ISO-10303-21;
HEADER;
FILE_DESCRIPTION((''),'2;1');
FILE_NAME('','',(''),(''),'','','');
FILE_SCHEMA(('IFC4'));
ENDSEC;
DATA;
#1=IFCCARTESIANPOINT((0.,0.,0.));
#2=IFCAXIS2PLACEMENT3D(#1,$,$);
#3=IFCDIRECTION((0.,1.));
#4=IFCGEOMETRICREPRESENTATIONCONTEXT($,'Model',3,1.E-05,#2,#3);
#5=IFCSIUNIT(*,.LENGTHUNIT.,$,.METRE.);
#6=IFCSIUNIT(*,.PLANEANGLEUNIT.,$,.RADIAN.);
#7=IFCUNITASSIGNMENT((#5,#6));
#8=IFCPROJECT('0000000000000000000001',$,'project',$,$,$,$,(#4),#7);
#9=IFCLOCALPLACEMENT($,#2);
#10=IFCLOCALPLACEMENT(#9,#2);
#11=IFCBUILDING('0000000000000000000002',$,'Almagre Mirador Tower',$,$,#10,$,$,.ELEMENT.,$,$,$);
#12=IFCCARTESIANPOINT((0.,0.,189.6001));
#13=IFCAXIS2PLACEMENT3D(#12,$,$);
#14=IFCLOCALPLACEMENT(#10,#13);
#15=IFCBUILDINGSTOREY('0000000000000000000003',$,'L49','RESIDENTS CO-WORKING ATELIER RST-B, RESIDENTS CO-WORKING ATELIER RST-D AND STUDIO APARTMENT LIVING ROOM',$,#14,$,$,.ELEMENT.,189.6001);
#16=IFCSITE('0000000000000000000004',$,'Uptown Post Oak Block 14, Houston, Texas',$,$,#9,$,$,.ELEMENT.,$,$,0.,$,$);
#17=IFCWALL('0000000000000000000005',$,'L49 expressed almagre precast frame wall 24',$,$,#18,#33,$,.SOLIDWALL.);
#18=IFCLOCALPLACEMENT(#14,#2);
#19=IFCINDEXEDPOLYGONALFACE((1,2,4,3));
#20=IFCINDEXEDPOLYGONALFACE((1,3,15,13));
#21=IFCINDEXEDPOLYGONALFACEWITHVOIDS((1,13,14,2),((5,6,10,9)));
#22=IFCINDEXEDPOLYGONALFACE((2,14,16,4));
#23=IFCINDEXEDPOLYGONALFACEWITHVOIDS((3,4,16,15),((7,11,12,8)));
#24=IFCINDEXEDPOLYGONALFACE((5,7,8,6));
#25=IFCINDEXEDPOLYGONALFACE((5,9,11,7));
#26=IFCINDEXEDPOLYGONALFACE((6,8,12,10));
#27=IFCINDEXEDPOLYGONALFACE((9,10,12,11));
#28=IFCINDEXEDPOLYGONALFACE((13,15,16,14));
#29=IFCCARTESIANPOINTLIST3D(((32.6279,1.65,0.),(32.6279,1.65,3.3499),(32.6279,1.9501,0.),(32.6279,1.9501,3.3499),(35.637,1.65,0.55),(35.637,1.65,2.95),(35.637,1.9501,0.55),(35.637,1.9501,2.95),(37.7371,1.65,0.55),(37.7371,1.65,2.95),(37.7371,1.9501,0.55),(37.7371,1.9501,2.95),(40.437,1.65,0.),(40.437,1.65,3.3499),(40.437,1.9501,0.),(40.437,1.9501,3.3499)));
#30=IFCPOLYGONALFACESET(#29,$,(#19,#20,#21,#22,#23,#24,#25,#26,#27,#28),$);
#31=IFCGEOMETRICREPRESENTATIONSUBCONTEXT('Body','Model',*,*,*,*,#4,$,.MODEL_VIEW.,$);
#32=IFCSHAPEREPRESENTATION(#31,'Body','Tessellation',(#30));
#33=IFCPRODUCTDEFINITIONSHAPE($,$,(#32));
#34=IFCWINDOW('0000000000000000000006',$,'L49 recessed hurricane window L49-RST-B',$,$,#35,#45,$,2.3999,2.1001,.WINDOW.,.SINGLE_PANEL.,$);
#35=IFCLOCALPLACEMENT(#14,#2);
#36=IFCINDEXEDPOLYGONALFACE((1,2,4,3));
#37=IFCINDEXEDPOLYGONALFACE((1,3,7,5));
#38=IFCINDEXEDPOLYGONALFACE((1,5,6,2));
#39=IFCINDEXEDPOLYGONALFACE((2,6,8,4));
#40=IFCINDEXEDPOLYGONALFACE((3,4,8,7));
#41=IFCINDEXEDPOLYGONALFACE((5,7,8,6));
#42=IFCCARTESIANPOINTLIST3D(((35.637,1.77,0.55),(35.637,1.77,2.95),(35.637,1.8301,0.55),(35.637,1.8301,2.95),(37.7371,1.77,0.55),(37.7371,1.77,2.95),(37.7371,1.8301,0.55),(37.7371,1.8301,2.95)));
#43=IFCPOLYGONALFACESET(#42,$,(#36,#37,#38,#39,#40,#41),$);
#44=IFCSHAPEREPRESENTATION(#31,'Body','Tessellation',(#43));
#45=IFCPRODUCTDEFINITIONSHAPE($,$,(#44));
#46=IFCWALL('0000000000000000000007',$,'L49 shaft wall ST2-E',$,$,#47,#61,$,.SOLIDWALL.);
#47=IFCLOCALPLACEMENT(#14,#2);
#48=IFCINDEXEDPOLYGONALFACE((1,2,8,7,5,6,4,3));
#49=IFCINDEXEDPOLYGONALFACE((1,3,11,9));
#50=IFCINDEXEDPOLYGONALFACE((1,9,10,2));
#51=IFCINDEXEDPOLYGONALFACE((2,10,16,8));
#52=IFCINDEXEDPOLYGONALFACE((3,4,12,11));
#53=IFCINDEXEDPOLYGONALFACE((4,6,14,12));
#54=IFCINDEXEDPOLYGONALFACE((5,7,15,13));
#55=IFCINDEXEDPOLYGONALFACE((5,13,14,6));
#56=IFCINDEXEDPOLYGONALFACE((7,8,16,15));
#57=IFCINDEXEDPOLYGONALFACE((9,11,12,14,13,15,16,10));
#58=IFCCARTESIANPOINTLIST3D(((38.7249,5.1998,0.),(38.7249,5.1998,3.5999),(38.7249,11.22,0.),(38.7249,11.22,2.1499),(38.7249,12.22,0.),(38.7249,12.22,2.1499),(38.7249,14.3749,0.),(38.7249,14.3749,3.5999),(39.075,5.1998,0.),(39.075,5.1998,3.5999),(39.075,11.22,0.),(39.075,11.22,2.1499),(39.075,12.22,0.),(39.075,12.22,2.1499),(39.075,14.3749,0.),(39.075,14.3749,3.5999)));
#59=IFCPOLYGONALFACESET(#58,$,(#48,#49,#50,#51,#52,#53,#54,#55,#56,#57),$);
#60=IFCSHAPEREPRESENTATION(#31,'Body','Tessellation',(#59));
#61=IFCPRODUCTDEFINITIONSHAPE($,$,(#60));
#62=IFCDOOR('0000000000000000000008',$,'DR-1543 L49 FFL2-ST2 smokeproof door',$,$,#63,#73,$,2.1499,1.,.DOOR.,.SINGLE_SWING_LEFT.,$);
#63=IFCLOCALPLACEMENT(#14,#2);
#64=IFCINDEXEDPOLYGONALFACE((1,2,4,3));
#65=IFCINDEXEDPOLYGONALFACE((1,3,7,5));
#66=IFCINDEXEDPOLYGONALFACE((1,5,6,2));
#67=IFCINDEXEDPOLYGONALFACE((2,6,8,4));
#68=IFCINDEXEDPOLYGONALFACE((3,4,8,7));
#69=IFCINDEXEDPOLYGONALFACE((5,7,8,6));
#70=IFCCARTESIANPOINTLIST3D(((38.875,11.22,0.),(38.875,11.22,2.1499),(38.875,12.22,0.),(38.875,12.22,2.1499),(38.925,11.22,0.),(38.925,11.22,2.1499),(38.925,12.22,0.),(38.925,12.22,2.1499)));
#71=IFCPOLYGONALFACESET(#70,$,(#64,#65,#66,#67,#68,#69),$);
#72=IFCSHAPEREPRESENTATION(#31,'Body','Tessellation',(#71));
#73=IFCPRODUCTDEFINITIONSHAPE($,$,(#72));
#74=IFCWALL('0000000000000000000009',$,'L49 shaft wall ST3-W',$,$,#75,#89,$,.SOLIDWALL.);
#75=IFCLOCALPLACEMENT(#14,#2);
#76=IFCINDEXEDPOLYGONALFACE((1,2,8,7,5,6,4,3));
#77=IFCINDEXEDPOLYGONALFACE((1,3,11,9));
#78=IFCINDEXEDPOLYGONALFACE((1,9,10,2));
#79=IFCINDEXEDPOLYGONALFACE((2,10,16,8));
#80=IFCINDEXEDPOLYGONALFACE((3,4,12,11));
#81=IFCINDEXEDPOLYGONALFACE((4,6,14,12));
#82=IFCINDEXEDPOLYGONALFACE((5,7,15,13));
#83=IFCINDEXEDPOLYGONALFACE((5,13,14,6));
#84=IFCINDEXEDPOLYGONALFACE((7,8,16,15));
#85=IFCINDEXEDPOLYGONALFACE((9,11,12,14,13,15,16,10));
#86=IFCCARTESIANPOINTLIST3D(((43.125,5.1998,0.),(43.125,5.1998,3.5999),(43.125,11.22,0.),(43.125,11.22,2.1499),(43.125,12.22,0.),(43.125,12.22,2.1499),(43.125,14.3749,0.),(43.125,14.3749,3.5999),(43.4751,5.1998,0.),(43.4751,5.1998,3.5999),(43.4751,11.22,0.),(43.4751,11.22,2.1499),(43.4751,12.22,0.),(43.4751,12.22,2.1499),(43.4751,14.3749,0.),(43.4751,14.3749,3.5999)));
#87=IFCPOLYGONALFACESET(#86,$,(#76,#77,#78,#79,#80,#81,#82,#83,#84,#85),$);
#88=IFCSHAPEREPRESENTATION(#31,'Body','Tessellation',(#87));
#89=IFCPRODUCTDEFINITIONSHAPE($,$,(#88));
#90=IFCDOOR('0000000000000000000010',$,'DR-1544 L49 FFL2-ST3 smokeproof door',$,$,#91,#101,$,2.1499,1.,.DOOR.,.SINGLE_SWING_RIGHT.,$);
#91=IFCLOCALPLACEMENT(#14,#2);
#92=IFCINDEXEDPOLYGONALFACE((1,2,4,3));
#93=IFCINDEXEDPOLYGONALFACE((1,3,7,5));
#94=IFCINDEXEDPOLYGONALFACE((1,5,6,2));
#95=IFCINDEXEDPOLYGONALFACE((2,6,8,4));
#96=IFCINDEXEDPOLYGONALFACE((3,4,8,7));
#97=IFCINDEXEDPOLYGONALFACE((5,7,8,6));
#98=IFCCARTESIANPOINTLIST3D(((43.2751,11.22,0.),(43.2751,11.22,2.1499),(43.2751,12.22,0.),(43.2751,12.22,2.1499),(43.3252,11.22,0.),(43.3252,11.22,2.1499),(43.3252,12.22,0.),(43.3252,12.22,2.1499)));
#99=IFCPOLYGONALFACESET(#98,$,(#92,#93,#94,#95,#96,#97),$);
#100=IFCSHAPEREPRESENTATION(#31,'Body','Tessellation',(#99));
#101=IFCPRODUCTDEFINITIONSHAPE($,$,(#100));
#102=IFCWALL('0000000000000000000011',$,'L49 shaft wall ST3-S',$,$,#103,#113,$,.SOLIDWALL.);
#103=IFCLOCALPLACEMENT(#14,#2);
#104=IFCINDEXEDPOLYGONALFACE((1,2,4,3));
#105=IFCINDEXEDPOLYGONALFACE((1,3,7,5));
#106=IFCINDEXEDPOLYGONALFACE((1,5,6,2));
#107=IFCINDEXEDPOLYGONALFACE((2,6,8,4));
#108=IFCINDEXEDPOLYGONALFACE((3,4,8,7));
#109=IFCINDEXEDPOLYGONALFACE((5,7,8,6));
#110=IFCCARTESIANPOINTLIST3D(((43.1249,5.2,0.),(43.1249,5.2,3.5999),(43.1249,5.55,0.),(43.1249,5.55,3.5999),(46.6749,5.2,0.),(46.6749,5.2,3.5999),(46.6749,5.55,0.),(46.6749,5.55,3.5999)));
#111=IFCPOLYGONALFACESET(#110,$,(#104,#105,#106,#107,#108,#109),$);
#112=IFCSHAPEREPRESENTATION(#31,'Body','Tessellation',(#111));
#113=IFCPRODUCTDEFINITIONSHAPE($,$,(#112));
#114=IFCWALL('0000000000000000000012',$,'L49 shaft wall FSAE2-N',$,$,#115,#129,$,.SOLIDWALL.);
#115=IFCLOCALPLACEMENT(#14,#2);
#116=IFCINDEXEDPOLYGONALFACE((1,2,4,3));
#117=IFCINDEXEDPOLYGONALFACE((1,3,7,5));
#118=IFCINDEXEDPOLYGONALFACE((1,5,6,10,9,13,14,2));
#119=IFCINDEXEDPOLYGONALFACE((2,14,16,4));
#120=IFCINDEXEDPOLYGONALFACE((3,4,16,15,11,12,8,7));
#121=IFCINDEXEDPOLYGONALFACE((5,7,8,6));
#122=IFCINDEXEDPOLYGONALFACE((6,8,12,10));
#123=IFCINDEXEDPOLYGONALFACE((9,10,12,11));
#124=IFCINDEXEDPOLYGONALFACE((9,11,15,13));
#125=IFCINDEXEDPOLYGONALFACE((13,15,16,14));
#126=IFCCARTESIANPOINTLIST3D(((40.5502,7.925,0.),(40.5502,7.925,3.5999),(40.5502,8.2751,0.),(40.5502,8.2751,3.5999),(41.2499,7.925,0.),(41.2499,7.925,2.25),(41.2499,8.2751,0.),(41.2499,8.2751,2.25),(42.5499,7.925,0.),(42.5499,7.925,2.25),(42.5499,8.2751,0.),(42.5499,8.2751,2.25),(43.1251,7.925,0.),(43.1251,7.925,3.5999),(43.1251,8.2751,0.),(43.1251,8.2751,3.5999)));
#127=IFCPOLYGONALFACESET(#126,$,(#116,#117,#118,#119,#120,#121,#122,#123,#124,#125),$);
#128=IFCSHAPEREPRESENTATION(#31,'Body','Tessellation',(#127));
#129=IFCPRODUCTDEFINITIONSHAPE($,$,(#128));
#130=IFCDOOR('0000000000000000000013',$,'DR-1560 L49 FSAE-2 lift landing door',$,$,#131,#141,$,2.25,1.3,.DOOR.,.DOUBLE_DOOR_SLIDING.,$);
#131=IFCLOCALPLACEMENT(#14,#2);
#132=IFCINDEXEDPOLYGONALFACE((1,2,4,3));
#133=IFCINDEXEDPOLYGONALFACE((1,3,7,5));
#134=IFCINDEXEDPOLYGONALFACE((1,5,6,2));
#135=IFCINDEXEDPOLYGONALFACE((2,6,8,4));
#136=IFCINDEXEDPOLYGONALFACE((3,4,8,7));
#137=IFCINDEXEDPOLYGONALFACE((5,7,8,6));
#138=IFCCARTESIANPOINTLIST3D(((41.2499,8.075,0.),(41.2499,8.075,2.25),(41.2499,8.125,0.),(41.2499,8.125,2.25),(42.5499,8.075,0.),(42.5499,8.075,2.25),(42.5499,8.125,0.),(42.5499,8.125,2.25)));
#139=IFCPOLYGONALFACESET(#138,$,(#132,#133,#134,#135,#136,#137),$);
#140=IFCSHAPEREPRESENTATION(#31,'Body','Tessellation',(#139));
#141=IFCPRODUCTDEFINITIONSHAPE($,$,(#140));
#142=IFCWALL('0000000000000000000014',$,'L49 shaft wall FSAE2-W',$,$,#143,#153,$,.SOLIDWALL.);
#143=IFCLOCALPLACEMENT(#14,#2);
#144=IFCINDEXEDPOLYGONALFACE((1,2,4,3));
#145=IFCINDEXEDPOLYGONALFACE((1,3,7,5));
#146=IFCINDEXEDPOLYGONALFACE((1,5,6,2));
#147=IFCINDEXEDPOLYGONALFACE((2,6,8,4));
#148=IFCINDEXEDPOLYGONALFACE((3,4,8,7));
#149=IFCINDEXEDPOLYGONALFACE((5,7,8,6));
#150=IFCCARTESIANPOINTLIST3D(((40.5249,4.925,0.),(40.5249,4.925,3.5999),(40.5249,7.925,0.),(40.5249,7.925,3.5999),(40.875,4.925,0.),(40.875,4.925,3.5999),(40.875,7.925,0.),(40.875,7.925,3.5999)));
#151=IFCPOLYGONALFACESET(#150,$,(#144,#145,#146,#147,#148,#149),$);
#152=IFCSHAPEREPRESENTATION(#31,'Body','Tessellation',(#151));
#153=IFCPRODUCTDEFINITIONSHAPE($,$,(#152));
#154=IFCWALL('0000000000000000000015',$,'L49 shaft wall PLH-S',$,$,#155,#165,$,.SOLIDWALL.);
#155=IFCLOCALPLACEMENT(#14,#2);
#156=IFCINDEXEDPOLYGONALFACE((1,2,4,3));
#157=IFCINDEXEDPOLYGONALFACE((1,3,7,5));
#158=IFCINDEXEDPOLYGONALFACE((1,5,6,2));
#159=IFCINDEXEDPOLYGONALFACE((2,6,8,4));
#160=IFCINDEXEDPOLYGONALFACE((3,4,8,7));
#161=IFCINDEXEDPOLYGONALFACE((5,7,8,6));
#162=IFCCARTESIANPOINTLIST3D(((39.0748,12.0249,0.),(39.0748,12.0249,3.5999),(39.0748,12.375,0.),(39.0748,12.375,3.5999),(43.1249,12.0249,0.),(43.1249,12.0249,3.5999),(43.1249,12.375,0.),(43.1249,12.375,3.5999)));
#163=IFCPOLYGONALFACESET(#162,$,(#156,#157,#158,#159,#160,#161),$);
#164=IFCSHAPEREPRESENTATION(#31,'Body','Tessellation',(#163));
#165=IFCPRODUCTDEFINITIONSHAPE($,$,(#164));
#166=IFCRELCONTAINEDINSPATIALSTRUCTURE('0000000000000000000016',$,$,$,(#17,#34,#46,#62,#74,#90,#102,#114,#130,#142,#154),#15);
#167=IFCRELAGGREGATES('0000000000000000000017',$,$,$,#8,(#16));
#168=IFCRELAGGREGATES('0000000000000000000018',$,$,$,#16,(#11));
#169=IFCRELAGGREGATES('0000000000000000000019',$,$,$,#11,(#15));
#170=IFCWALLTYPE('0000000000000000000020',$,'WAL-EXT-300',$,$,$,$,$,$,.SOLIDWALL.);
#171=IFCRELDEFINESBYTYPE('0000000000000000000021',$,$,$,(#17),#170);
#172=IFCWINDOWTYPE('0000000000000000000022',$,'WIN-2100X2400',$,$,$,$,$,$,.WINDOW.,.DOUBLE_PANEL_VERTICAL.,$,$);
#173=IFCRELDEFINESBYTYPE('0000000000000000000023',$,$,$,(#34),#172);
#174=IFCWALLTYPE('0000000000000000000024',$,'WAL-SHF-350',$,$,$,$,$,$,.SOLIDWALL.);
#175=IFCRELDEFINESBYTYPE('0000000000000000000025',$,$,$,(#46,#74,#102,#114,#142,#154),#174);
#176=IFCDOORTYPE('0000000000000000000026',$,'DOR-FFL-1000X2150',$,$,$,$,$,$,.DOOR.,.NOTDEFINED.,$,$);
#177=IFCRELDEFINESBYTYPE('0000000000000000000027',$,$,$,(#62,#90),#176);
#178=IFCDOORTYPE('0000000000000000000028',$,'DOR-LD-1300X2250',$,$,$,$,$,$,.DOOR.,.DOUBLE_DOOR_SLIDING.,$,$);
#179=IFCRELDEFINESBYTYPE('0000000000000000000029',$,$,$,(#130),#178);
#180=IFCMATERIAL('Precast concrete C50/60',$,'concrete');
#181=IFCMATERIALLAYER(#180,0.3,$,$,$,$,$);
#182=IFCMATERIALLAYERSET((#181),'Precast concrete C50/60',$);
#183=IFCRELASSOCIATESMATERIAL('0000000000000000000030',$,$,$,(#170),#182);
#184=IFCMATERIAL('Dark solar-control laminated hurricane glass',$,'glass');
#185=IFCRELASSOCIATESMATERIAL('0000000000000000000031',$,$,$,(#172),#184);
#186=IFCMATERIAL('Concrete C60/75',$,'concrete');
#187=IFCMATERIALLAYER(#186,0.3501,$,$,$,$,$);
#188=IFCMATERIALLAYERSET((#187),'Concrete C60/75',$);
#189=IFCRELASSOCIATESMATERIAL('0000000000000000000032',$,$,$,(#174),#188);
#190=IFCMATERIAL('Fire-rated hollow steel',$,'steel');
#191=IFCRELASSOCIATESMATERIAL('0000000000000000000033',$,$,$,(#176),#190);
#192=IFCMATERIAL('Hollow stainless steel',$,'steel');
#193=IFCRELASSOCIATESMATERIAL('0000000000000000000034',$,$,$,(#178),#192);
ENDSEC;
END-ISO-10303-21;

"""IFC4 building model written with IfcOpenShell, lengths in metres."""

from ifc_helpers import new_model, si_unit, direction, frame, frame_2d, origin, place, context, subcontext, project, spatial, rectangle, extrude, material, layer, layer_set, type_object, element, fill, save


model = new_model("IFC4")

# Units and contexts
model_context = context("Model", 3, precision=1e-05, world=origin(), true_north=direction((0.0, 1.0)))
body_context = subcontext(model_context, "Body", "Model", "MODEL_VIEW")
ifc_project = project(units=[si_unit("LENGTHUNIT", "METRE"), si_unit("PLANEANGLEUNIT", "RADIAN")], contexts=[model_context])

# Site, building, storey
site_placement = place(None, origin())
site = spatial("IfcSite", under=ifc_project, at=site_placement, Name="Uptown Post Oak Block 14, Houston, Texas", CompositionType="ELEMENT", RefElevation=0.0)
building_placement = place(site_placement, origin())
building = spatial("IfcBuilding", under=site, at=building_placement, Name="Almagre Mirador Tower", CompositionType="ELEMENT")
storey_placement = place(building_placement, frame((0.0, 0.0, 189.6001)))
storey = spatial("IfcBuildingStorey", under=building, at=storey_placement, Name="L49", Description="RESIDENTS CO-WORKING ATELIER RST-B, RESIDENTS CO-WORKING ATELIER RST-D AND STUDIO APARTMENT LIVING ROOM", CompositionType="ELEMENT", Elevation=189.6001)

# Shared definitions
ifc_material_1 = material(Name="Precast concrete C50/60", Category="concrete")
ifc_layer_1 = layer(ifc_material_1, 0.3)
ifc_layer_set_1 = layer_set([ifc_layer_1], Name="Precast concrete C50/60")
wall_type_1 = type_object("IfcWallType", Name="WAL-EXT-300", PredefinedType="SOLIDWALL", material=ifc_layer_set_1)

# Wall, opening, window
wall_1_placement = place(storey_placement, frame((40.437, 1.8, 0.0), z_axis=(0.0, 0.0, 1.0), x_axis=(-1.0, 0.0, 0.0)))
wall_1 = element("IfcWall", 1, at=wall_1_placement, inside=storey, type_object=wall_type_1, Name="L49 expressed almagre precast frame wall 24", PredefinedType="SOLIDWALL", context=body_context, shape_type="SweptSolid", body=[
    extrude(rectangle(XDim=7.8091, YDim=0.3, at=frame_2d((3.9045, 0.0))), origin(), (0.0, 0.0, 1.0), 3.3499),
])
opening_1_placement = place(wall_1_placement, frame((2.7, 0.0, 0.55)))
opening_1 = element("IfcOpeningElement", 2, at=opening_1_placement, cuts=wall_1, PredefinedType="OPENING", context=body_context, shape_type="SweptSolid", body=[
    extrude(rectangle(XDim=2.1001, YDim=2.3999, at=frame_2d((1.05, 1.2))), frame((0.0, 0.1599, 0.0), z_axis=(0.0, -1.0, 0.0), x_axis=(1.0, 0.0, 0.0)), (0.0, 0.0, 1.0), 0.32),
])
ifc_material_2 = material(Name="Dark solar-control laminated hurricane glass", Category="glass")
window_type = type_object("IfcWindowType", Name="WIN-2100X2400", PartitioningType="DOUBLE_PANEL_VERTICAL", PredefinedType="WINDOW", material=ifc_material_2)
window_placement = place(opening_1_placement, origin())
window = element("IfcWindow", 3, at=window_placement, inside=storey, type_object=window_type, Name="L49 recessed hurricane window L49-RST-B", OverallHeight=2.3999, OverallWidth=2.1001, PartitioningType="SINGLE_PANEL", PredefinedType="WINDOW", context=body_context, shape_type="SweptSolid", body=[
    extrude(rectangle(XDim=2.1001, YDim=2.3999, at=frame_2d((1.05, 1.2))), frame((0.0, 0.03, 0.0), z_axis=(0.0, -1.0, 0.0), x_axis=(1.0, 0.0, 0.0)), (0.0, 0.0, 1.0), 0.0601),
])
fill(opening_1, window)

# Walls, openings, doors
ifc_material_3 = material(Name="Concrete C60/75", Category="concrete")
ifc_layer_2 = layer(ifc_material_3, 0.3501)
ifc_layer_set_2 = layer_set([ifc_layer_2], Name="Concrete C60/75")
wall_type_2 = type_object("IfcWallType", Name="WAL-SHF-350", PredefinedType="SOLIDWALL", material=ifc_layer_set_2)
wall_2_placement = place(storey_placement, frame((38.8999, 5.2, 0.0), z_axis=(0.0, 0.0, 1.0), x_axis=(0.0, 1.0, 0.0)))
wall_2 = element("IfcWall", 4, at=wall_2_placement, inside=storey, type_object=wall_type_2, Name="L49 shaft wall ST2-E", PredefinedType="SOLIDWALL", context=body_context, shape_type="SweptSolid", body=[
    extrude(rectangle(XDim=9.175, YDim=0.3501, at=frame_2d((4.5874, 0.0))), origin(), (0.0, 0.0, 1.0), 3.5999),
])
opening_2_placement = place(wall_2_placement, frame((6.02, 0.0, 0.0)))
opening_2 = element("IfcOpeningElement", 5, at=opening_2_placement, cuts=wall_2, PredefinedType="OPENING", context=body_context, shape_type="SweptSolid", body=[
    extrude(rectangle(XDim=1.0, YDim=2.1499, at=frame_2d((0.5, 1.075))), frame((0.0, 0.185, 0.0), z_axis=(0.0, -1.0, 0.0), x_axis=(1.0, 0.0, 0.0)), (0.0, 0.0, 1.0), 0.3701),
])
ifc_material_4 = material(Name="Fire-rated hollow steel", Category="steel")
door_type_1 = type_object("IfcDoorType", Name="DOR-FFL-1000X2150", OperationType="NOTDEFINED", PredefinedType="DOOR", material=ifc_material_4)
door_1_placement = place(opening_2_placement, origin())
door_1 = element("IfcDoor", 6, at=door_1_placement, inside=storey, type_object=door_type_1, Name="DR-1543 L49 FFL2-ST2 smokeproof door", OperationType="SINGLE_SWING_LEFT", OverallHeight=2.1499, OverallWidth=1.0, PredefinedType="DOOR", context=body_context, shape_type="SweptSolid", body=[
    extrude(rectangle(XDim=1.0, YDim=2.1499, at=frame_2d((0.5, 1.075))), frame((0.0, 0.0249, 0.0), z_axis=(0.0, -1.0, 0.0), x_axis=(1.0, 0.0, 0.0)), (0.0, 0.0, 1.0), 0.05),
])
fill(opening_2, door_1)
wall_3_placement = place(storey_placement, frame((43.3, 5.2, 0.0), z_axis=(0.0, 0.0, 1.0), x_axis=(0.0, 1.0, 0.0)))
wall_3 = element("IfcWall", 7, at=wall_3_placement, inside=storey, type_object=wall_type_2, Name="L49 shaft wall ST3-W", PredefinedType="SOLIDWALL", context=body_context, shape_type="SweptSolid", body=[
    extrude(rectangle(XDim=9.175, YDim=0.3501, at=frame_2d((4.5874, 0.0))), origin(), (0.0, 0.0, 1.0), 3.5999),
])
opening_3_placement = place(wall_3_placement, frame((6.02, 0.0, 0.0)))
opening_3 = element("IfcOpeningElement", 8, at=opening_3_placement, cuts=wall_3, PredefinedType="OPENING", context=body_context, shape_type="SweptSolid", body=[
    extrude(rectangle(XDim=1.0, YDim=2.1499, at=frame_2d((0.5, 1.075))), frame((0.0, 0.185, 0.0), z_axis=(0.0, -1.0, 0.0), x_axis=(1.0, 0.0, 0.0)), (0.0, 0.0, 1.0), 0.3701),
])
door_2_placement = place(opening_3_placement, origin())
door_2 = element("IfcDoor", 9, at=door_2_placement, inside=storey, type_object=door_type_1, Name="DR-1544 L49 FFL2-ST3 smokeproof door", OperationType="SINGLE_SWING_RIGHT", OverallHeight=2.1499, OverallWidth=1.0, PredefinedType="DOOR", context=body_context, shape_type="SweptSolid", body=[
    extrude(rectangle(XDim=1.0, YDim=2.1499, at=frame_2d((0.5, 1.075))), frame((0.0, 0.0249, 0.0), z_axis=(0.0, -1.0, 0.0), x_axis=(1.0, 0.0, 0.0)), (0.0, 0.0, 1.0), 0.05),
])
fill(opening_3, door_2)

# Wall
wall_4_placement = place(storey_placement, frame((43.125, 5.375, 0.0), z_axis=(0.0, 0.0, 1.0), x_axis=(1.0, 0.0, 0.0)))
element("IfcWall", 10, at=wall_4_placement, inside=storey, type_object=wall_type_2, Name="L49 shaft wall ST3-S", PredefinedType="SOLIDWALL", context=body_context, shape_type="SweptSolid", body=[
    extrude(rectangle(XDim=3.55, YDim=0.3501, at=frame_2d((1.7749, 0.0))), origin(), (0.0, 0.0, 1.0), 3.5999),
])

# Wall, opening, door
wall_5_placement = place(storey_placement, frame((40.55, 8.1001, 0.0), z_axis=(0.0, 0.0, 1.0), x_axis=(1.0, 0.0, 0.0)))
wall_5 = element("IfcWall", 11, at=wall_5_placement, inside=storey, type_object=wall_type_2, Name="L49 shaft wall FSAE2-N", PredefinedType="SOLIDWALL", context=body_context, shape_type="SweptSolid", body=[
    extrude(rectangle(XDim=2.575, YDim=0.3501, at=frame_2d((1.2876, 0.0))), origin(), (0.0, 0.0, 1.0), 3.5999),
])
opening_4_placement = place(wall_5_placement, frame((0.7, 0.0, 0.0)))
opening_4 = element("IfcOpeningElement", 12, at=opening_4_placement, cuts=wall_5, PredefinedType="OPENING", context=body_context, shape_type="SweptSolid", body=[
    extrude(rectangle(XDim=1.3, YDim=2.25, at=frame_2d((0.6499, 1.125))), frame((0.0, 0.185, 0.0), z_axis=(0.0, -1.0, 0.0), x_axis=(1.0, 0.0, 0.0)), (0.0, 0.0, 1.0), 0.3701),
])
ifc_material_5 = material(Name="Hollow stainless steel", Category="steel")
door_type_2 = type_object("IfcDoorType", Name="DOR-LD-1300X2250", OperationType="DOUBLE_DOOR_SLIDING", PredefinedType="DOOR", material=ifc_material_5)
door_3_placement = place(opening_4_placement, origin())
door_3 = element("IfcDoor", 13, at=door_3_placement, inside=storey, type_object=door_type_2, Name="DR-1560 L49 FSAE-2 lift landing door", OperationType="DOUBLE_DOOR_SLIDING", OverallHeight=2.25, OverallWidth=1.3, PredefinedType="DOOR", context=body_context, shape_type="SweptSolid", body=[
    extrude(rectangle(XDim=1.3, YDim=2.25, at=frame_2d((0.6499, 1.125))), frame((0.0, 0.0249, 0.0), z_axis=(0.0, -1.0, 0.0), x_axis=(1.0, 0.0, 0.0)), (0.0, 0.0, 1.0), 0.05),
])
fill(opening_4, door_3)

# Walls
wall_6_placement = place(storey_placement, frame((40.7, 4.925, 0.0), z_axis=(0.0, 0.0, 1.0), x_axis=(0.0, 1.0, 0.0)))
element("IfcWall", 14, at=wall_6_placement, inside=storey, type_object=wall_type_2, Name="L49 shaft wall FSAE2-W", PredefinedType="SOLIDWALL", context=body_context, shape_type="SweptSolid", body=[
    extrude(rectangle(XDim=3.0, YDim=0.3501, at=frame_2d((1.5, 0.0))), origin(), (0.0, 0.0, 1.0), 3.5999),
])
wall_7_placement = place(storey_placement, frame((39.075, 12.2, 0.0), z_axis=(0.0, 0.0, 1.0), x_axis=(1.0, 0.0, 0.0)))
element("IfcWall", 15, at=wall_7_placement, inside=storey, type_object=wall_type_2, Name="L49 shaft wall PLH-S", PredefinedType="SOLIDWALL", context=body_context, shape_type="SweptSolid", body=[
    extrude(rectangle(XDim=4.05, YDim=0.3501, at=frame_2d((2.0249, 0.0))), origin(), (0.0, 0.0, 1.0), 3.5999),
])

save(model, "model.ifc")
